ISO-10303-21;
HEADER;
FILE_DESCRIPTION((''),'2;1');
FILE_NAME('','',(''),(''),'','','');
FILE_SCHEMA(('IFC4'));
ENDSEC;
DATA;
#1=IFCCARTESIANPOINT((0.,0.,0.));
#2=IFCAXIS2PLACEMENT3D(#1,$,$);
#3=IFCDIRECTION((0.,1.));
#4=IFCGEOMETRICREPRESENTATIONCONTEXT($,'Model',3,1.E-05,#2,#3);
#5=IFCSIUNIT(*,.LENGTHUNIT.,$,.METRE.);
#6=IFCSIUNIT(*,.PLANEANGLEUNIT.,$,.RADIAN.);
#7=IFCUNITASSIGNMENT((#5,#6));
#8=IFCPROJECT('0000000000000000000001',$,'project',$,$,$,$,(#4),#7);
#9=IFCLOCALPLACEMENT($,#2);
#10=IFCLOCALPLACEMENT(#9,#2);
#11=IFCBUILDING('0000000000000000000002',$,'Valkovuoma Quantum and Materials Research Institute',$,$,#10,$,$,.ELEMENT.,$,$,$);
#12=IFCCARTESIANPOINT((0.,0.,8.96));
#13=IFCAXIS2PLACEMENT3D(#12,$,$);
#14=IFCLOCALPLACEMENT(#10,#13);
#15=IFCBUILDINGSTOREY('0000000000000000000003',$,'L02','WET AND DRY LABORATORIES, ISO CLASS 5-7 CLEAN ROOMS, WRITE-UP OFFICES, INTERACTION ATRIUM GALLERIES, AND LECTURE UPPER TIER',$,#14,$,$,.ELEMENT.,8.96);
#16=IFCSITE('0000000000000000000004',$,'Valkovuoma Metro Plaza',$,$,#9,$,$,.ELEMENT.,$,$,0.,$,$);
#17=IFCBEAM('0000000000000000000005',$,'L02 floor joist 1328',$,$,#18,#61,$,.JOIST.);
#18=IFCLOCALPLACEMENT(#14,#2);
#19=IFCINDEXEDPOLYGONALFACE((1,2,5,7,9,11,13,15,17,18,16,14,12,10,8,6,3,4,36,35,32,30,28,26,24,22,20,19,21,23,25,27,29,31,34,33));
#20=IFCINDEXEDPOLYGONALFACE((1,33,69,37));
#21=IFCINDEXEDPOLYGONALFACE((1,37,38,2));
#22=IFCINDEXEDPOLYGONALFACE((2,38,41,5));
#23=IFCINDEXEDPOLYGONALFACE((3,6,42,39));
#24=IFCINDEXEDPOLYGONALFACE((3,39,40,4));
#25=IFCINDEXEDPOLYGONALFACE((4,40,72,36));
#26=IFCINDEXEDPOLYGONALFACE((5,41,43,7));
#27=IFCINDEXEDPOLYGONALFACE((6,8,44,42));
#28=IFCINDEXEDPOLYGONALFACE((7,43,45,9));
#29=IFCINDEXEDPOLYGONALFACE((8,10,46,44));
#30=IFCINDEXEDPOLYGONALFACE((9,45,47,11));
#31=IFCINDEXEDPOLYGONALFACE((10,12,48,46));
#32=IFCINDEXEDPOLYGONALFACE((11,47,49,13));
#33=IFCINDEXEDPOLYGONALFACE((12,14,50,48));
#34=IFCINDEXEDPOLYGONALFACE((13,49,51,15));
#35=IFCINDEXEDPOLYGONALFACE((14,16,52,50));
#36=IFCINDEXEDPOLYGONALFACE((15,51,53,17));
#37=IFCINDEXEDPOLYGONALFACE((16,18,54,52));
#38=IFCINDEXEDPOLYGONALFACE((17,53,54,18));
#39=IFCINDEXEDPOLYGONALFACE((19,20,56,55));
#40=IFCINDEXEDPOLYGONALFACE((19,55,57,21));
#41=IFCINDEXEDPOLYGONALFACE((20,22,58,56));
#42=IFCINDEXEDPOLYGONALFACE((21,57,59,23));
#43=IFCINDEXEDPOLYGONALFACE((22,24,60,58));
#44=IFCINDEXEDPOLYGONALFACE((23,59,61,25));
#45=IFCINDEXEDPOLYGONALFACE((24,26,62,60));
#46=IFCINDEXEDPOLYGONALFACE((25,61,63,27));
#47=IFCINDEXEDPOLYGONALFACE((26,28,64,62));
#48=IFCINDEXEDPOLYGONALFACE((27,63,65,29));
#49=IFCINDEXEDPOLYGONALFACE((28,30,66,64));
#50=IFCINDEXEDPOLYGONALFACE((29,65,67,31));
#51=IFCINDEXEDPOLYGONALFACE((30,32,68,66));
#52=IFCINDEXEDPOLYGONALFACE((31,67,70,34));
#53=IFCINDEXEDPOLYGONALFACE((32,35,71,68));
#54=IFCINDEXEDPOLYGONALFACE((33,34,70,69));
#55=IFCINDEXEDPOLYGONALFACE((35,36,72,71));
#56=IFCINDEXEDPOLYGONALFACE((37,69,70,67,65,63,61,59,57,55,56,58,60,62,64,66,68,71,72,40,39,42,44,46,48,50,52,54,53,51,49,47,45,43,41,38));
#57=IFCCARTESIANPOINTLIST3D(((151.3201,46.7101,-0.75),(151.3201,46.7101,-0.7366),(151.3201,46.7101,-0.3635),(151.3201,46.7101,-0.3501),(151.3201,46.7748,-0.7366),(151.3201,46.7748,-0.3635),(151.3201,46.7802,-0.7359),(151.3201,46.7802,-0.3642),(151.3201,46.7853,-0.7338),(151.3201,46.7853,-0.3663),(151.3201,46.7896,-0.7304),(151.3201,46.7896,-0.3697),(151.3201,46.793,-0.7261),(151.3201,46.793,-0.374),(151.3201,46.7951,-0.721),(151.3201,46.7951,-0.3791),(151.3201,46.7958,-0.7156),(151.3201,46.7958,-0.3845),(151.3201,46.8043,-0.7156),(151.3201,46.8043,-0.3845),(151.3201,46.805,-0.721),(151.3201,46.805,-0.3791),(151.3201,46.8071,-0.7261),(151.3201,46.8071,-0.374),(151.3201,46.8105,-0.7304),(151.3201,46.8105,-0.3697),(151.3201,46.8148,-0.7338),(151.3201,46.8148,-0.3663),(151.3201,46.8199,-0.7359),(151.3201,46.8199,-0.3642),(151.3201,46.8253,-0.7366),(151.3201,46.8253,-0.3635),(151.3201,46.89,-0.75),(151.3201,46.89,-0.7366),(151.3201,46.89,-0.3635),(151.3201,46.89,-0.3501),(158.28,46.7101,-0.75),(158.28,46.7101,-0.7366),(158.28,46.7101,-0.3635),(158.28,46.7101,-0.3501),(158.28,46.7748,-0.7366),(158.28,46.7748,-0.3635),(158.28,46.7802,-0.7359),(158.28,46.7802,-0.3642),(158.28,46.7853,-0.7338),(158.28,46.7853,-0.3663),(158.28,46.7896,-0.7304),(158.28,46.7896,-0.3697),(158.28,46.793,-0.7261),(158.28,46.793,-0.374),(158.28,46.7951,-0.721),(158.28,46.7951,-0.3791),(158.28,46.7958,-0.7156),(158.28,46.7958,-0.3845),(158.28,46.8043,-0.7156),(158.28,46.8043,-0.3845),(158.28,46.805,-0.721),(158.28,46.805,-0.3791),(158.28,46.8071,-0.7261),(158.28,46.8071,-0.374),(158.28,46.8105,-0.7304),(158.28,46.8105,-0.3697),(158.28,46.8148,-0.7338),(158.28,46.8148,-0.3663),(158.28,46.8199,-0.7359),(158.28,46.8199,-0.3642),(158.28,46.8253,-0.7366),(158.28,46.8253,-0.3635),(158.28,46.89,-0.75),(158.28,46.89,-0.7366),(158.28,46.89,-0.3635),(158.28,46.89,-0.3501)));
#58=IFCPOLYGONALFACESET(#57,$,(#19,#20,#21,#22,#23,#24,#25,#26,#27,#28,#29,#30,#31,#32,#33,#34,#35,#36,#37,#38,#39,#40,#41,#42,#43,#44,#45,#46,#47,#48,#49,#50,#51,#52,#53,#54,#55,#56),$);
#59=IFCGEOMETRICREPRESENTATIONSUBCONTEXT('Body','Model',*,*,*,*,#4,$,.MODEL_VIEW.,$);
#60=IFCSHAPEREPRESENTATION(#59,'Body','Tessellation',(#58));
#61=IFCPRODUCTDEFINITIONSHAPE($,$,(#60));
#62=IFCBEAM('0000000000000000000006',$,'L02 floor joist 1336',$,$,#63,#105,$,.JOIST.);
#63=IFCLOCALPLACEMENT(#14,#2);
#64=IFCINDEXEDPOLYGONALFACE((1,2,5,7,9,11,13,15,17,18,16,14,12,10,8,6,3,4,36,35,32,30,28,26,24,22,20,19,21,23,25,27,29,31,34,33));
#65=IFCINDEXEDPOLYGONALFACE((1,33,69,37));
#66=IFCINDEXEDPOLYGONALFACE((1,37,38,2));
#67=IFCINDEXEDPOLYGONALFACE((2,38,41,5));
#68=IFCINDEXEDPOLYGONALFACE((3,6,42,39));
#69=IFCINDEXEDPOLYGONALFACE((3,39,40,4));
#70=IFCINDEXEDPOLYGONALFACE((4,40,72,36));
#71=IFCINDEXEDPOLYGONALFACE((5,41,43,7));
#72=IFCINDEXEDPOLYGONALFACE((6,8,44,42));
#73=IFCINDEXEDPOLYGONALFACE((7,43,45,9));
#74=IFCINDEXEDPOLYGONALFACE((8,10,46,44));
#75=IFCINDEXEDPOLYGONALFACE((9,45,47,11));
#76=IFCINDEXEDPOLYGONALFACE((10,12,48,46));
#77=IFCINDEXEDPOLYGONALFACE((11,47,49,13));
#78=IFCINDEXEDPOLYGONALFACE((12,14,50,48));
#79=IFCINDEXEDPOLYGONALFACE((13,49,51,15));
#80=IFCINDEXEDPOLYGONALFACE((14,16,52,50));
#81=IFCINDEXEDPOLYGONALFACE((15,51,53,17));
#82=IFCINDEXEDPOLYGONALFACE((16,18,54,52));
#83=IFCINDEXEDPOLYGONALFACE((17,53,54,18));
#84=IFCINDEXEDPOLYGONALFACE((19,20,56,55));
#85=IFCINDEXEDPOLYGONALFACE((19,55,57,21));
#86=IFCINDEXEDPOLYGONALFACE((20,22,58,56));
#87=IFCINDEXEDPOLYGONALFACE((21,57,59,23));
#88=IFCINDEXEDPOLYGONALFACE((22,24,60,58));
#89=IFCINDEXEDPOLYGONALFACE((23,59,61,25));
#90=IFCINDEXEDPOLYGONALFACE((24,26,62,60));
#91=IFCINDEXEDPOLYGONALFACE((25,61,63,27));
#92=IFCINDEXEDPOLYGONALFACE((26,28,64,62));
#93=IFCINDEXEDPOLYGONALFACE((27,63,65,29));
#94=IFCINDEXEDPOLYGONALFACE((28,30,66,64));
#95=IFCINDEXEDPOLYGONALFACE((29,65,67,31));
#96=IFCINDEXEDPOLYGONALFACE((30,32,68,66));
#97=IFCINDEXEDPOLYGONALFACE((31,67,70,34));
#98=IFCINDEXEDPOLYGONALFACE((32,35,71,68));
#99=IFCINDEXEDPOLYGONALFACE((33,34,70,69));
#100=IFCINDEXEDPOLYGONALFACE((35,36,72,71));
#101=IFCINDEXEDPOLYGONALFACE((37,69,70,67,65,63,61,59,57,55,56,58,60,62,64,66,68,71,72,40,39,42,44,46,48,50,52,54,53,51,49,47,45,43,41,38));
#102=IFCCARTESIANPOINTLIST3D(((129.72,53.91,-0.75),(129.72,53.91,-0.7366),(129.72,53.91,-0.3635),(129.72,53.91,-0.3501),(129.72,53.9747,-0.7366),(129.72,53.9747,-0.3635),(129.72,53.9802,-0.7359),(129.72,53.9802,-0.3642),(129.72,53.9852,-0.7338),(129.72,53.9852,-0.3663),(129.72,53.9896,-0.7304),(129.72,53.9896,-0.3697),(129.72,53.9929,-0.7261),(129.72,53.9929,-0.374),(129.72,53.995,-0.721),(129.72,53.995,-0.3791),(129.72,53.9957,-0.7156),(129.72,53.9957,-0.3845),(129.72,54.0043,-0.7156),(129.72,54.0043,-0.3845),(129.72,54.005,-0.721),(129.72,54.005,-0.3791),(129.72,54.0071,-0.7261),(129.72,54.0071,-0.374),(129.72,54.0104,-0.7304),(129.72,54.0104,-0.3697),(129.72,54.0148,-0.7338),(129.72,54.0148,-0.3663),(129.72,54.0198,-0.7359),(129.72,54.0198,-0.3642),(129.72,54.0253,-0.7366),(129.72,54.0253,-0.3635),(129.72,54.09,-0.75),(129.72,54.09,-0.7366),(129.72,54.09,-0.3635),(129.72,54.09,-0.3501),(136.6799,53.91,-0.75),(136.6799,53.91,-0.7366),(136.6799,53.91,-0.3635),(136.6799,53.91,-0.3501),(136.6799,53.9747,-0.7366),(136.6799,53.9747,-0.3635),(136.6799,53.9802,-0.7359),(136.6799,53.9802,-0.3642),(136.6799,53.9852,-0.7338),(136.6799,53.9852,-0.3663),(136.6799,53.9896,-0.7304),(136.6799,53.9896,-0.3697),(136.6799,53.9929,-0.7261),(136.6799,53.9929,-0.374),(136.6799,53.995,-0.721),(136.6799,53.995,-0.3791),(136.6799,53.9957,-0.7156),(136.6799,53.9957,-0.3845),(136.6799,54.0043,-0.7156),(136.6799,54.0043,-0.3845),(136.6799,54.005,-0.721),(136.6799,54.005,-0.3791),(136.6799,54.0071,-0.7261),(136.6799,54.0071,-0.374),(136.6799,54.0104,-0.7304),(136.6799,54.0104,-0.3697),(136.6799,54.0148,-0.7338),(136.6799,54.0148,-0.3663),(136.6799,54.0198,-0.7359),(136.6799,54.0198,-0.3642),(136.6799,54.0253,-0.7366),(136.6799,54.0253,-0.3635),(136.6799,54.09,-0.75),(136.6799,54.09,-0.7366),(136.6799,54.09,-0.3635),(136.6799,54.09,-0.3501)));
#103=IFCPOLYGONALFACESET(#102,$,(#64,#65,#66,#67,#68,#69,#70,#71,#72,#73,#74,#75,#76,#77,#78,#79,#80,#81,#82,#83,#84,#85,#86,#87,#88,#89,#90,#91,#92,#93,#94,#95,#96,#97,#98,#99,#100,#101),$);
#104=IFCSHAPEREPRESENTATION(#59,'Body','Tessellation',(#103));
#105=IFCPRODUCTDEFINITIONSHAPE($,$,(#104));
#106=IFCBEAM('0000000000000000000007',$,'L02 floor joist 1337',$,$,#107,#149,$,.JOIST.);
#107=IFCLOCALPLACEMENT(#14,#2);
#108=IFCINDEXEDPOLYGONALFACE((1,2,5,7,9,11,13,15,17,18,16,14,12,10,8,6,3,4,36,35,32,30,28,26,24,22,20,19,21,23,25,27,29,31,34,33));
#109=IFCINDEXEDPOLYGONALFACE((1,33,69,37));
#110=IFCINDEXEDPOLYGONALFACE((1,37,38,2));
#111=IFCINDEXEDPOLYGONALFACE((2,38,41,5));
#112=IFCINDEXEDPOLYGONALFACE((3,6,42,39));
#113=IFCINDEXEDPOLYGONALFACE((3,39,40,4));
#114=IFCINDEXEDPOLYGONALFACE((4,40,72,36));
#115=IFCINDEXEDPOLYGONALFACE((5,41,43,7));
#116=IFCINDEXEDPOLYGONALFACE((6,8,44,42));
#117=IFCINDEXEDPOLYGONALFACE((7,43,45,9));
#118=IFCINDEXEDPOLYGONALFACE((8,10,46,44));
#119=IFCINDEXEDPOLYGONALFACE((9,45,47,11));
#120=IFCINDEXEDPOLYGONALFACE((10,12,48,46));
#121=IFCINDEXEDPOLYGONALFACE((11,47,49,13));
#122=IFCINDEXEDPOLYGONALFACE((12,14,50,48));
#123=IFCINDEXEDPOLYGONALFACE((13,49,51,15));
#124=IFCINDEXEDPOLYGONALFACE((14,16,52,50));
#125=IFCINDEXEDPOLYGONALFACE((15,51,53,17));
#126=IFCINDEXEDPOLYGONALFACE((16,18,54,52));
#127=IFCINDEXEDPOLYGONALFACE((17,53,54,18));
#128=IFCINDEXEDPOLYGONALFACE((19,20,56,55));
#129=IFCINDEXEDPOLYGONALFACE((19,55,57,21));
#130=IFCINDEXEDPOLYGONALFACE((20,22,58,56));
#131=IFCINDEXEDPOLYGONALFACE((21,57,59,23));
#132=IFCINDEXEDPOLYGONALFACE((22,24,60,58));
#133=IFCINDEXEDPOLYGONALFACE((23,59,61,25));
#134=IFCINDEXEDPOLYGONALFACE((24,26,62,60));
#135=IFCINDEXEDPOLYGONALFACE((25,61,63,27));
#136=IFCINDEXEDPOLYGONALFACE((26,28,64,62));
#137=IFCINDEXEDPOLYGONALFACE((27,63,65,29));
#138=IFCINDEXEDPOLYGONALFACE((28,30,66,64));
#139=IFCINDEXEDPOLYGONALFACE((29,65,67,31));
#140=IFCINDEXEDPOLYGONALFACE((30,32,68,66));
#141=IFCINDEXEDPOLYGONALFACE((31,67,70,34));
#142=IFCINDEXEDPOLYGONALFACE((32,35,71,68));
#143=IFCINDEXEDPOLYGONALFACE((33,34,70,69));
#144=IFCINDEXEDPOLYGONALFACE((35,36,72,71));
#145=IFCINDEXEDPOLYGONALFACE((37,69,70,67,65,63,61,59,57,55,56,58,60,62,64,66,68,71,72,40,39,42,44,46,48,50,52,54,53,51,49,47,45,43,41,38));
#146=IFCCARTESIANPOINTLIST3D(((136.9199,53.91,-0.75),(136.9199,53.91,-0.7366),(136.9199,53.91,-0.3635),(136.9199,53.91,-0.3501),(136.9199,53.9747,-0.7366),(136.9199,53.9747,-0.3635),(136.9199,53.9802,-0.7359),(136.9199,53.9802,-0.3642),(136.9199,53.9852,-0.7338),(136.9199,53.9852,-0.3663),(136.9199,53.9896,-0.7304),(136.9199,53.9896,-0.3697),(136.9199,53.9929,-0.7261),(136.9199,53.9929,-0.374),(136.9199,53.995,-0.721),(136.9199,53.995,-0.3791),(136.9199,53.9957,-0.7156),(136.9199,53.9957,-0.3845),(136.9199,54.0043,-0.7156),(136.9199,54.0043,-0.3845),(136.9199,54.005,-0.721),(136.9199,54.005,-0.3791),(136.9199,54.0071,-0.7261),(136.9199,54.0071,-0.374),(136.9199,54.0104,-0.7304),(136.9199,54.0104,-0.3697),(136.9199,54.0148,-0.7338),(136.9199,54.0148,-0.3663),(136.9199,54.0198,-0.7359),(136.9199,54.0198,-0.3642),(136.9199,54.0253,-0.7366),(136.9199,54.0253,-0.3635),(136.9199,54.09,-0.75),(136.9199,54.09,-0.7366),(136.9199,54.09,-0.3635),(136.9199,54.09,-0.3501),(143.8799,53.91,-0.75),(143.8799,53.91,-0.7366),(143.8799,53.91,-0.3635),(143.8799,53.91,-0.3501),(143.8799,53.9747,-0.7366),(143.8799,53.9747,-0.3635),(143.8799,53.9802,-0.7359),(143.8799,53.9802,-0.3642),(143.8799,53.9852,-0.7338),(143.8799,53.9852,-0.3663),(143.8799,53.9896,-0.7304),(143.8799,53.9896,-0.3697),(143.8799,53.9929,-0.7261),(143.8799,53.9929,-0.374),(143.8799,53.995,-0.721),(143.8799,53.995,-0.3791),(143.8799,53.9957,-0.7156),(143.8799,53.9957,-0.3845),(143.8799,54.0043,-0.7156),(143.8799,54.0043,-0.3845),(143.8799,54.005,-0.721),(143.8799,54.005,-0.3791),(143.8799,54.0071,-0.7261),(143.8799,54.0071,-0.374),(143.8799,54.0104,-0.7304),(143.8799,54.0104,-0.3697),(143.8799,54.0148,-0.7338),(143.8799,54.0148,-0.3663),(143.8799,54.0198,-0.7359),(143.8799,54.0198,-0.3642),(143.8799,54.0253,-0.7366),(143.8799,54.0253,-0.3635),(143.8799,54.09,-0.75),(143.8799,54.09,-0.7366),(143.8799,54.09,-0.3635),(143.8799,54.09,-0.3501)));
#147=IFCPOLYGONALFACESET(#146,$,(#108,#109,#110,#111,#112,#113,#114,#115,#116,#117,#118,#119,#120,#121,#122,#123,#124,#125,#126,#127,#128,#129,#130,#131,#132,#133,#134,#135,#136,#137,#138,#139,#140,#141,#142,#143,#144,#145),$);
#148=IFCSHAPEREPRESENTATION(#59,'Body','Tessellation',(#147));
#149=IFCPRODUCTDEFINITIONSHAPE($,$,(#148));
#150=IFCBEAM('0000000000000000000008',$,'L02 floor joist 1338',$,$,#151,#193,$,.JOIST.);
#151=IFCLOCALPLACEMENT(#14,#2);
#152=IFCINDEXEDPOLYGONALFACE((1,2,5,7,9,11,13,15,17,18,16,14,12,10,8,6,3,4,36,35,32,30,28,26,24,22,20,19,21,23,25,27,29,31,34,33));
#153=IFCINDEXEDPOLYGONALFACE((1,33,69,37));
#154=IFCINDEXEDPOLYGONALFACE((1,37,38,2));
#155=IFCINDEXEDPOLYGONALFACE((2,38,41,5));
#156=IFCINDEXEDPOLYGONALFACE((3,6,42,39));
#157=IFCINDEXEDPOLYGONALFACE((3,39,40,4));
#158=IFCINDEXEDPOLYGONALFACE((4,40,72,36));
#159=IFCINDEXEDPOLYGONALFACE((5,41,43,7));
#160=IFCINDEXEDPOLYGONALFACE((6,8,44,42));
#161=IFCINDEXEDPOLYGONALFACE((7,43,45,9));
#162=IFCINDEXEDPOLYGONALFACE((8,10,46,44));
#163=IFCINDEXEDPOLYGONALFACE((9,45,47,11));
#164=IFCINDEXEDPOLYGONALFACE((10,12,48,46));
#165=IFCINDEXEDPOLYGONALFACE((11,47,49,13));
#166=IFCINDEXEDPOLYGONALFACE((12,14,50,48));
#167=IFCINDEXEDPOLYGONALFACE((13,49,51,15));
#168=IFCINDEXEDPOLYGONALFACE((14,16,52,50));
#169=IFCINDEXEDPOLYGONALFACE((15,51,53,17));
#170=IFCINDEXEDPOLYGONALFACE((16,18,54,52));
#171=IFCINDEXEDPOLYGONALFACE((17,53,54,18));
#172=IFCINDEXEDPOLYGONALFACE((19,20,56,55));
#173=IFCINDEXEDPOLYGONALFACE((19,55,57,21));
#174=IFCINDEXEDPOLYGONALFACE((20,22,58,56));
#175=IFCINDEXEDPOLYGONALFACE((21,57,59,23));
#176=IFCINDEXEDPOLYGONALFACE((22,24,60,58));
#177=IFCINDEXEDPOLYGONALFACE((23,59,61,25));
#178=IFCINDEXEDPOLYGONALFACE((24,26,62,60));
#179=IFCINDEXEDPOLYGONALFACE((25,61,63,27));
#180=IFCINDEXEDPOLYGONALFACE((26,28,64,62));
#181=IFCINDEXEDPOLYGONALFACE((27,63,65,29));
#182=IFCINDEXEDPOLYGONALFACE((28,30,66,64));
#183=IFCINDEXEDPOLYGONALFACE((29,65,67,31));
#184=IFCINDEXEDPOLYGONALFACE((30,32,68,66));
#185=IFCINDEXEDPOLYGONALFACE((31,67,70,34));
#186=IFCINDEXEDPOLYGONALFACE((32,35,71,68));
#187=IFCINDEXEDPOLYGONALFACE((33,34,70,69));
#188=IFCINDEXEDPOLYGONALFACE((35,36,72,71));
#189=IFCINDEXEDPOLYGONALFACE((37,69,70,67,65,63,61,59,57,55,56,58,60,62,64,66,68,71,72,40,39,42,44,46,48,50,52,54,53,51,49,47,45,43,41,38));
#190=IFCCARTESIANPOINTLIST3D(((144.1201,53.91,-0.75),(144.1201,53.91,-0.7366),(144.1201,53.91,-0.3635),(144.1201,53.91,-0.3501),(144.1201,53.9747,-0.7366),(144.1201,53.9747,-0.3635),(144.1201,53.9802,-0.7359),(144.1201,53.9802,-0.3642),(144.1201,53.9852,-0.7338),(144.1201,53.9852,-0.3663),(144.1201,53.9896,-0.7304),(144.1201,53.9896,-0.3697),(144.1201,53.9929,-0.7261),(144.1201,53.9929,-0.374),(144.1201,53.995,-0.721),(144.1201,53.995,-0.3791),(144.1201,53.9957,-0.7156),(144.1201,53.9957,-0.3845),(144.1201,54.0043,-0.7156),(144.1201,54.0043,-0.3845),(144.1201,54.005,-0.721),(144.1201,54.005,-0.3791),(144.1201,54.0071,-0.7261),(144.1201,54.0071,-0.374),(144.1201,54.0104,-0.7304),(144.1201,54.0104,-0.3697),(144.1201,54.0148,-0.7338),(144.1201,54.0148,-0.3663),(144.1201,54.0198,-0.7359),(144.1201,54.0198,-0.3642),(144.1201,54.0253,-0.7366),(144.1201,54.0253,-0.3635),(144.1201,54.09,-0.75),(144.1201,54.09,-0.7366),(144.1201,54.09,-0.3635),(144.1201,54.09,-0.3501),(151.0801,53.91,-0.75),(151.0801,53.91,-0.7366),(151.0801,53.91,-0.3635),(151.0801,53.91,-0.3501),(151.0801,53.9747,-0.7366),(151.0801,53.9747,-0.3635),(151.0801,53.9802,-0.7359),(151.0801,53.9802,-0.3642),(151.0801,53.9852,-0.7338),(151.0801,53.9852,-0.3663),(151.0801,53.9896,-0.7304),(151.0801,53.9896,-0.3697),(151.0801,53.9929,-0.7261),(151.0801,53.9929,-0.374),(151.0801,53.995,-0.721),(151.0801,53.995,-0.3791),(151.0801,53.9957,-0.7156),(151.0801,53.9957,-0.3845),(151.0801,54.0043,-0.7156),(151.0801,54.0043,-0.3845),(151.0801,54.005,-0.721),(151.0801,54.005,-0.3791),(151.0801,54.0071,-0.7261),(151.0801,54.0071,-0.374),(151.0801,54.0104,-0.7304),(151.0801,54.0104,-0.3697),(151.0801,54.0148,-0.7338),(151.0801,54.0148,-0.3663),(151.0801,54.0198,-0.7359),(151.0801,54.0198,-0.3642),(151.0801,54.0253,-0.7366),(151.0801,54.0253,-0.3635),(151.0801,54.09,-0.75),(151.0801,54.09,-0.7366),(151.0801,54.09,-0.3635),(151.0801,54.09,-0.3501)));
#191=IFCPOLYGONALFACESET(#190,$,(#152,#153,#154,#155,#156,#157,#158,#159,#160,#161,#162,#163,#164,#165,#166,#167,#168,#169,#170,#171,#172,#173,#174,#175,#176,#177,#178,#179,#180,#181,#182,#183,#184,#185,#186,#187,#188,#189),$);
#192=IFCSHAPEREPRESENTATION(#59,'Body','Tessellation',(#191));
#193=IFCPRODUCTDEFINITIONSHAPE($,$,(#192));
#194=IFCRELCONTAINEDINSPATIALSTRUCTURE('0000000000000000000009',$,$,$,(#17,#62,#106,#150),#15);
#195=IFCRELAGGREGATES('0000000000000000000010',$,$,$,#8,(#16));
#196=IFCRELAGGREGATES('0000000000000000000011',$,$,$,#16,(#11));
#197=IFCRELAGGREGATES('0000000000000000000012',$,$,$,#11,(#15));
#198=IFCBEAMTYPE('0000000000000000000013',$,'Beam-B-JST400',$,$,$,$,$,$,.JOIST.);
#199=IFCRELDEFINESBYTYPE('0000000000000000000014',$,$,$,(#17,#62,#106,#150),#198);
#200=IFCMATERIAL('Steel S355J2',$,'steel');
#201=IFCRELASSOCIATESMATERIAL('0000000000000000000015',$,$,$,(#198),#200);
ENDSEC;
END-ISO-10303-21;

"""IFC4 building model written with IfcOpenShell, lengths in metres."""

from ifc_helpers import new_model, si_unit, direction, frame, origin, origin_2d, place, context, subcontext, project, spatial, i_section, extrude, material, material_profile, profile_set, type_object, element, save


model = new_model("IFC4")

# Units and contexts
model_context = context("Model", 3, precision=1e-05, world=origin(), true_north=direction((0.0, 1.0)))
body_context = subcontext(model_context, "Body", "Model", "MODEL_VIEW")
ifc_project = project(units=[si_unit("LENGTHUNIT", "METRE"), si_unit("PLANEANGLEUNIT", "RADIAN")], contexts=[model_context])

# Site, building, storey
site_placement = place(None, origin())
site = spatial("IfcSite", under=ifc_project, at=site_placement, Name="Valkovuoma Metro Plaza", CompositionType="ELEMENT", RefElevation=0.0)
building_placement = place(site_placement, origin())
building = spatial("IfcBuilding", under=site, at=building_placement, Name="Valkovuoma Quantum and Materials Research Institute", CompositionType="ELEMENT")
storey_placement = place(building_placement, frame((0.0, 0.0, 8.96)))
storey = spatial("IfcBuildingStorey", under=building, at=storey_placement, Name="L02", Description="WET AND DRY LABORATORIES, ISO CLASS 5-7 CLEAN ROOMS, WRITE-UP OFFICES, INTERACTION ATRIUM GALLERIES, AND LECTURE UPPER TIER", CompositionType="ELEMENT", Elevation=8.96)

# Beams
ifc_material_1 = material(Name="Steel S355J2", Category="steel")
ifc_material_profile_1 = material_profile(ifc_material_1, i_section(OverallWidth=0.1799, OverallDepth=0.3999, WebThickness=0.0085, FlangeThickness=0.0134, FilletRadius=0.021, at=origin_2d()), Name="Steel S355J2")
ifc_profile_set_1 = profile_set([ifc_material_profile_1], Name="Steel S355J2")
beam_type_1 = type_object("IfcBeamType", Name="Beam-B-JST400", PredefinedType="JOIST", material=ifc_profile_set_1)
for number, where, z_axis, x_axis, name in (
    (1, (151.3201, 46.8, -0.55), (1.0, 0.0, 0.0), (0.0, 1.0, 0.0), "L02 floor joist 1328"),
    (2, (129.72, 54.0, -0.55), (1.0, 0.0, 0.0), (0.0, 1.0, 0.0), "L02 floor joist 1336"),
    (3, (136.9199, 54.0, -0.55), (1.0, 0.0, 0.0), (0.0, 1.0, 0.0), "L02 floor joist 1337"),
    (4, (144.1201, 54.0, -0.55), (1.0, 0.0, 0.0), (0.0, 1.0, 0.0), "L02 floor joist 1338"),
):
    element("IfcBeam", number, at=place(storey_placement, frame(where, z_axis=z_axis, x_axis=x_axis)), inside=storey, type_object=beam_type_1, Name=name, PredefinedType="JOIST", context=body_context, shape_type="SweptSolid", body=[
        extrude(i_section(OverallWidth=0.1799, OverallDepth=0.3999, WebThickness=0.0085, FlangeThickness=0.0134, FilletRadius=0.021, at=origin_2d()), origin(), (0.0, 0.0, 1.0), 6.96),
    ])

save(model, "model.ifc")
